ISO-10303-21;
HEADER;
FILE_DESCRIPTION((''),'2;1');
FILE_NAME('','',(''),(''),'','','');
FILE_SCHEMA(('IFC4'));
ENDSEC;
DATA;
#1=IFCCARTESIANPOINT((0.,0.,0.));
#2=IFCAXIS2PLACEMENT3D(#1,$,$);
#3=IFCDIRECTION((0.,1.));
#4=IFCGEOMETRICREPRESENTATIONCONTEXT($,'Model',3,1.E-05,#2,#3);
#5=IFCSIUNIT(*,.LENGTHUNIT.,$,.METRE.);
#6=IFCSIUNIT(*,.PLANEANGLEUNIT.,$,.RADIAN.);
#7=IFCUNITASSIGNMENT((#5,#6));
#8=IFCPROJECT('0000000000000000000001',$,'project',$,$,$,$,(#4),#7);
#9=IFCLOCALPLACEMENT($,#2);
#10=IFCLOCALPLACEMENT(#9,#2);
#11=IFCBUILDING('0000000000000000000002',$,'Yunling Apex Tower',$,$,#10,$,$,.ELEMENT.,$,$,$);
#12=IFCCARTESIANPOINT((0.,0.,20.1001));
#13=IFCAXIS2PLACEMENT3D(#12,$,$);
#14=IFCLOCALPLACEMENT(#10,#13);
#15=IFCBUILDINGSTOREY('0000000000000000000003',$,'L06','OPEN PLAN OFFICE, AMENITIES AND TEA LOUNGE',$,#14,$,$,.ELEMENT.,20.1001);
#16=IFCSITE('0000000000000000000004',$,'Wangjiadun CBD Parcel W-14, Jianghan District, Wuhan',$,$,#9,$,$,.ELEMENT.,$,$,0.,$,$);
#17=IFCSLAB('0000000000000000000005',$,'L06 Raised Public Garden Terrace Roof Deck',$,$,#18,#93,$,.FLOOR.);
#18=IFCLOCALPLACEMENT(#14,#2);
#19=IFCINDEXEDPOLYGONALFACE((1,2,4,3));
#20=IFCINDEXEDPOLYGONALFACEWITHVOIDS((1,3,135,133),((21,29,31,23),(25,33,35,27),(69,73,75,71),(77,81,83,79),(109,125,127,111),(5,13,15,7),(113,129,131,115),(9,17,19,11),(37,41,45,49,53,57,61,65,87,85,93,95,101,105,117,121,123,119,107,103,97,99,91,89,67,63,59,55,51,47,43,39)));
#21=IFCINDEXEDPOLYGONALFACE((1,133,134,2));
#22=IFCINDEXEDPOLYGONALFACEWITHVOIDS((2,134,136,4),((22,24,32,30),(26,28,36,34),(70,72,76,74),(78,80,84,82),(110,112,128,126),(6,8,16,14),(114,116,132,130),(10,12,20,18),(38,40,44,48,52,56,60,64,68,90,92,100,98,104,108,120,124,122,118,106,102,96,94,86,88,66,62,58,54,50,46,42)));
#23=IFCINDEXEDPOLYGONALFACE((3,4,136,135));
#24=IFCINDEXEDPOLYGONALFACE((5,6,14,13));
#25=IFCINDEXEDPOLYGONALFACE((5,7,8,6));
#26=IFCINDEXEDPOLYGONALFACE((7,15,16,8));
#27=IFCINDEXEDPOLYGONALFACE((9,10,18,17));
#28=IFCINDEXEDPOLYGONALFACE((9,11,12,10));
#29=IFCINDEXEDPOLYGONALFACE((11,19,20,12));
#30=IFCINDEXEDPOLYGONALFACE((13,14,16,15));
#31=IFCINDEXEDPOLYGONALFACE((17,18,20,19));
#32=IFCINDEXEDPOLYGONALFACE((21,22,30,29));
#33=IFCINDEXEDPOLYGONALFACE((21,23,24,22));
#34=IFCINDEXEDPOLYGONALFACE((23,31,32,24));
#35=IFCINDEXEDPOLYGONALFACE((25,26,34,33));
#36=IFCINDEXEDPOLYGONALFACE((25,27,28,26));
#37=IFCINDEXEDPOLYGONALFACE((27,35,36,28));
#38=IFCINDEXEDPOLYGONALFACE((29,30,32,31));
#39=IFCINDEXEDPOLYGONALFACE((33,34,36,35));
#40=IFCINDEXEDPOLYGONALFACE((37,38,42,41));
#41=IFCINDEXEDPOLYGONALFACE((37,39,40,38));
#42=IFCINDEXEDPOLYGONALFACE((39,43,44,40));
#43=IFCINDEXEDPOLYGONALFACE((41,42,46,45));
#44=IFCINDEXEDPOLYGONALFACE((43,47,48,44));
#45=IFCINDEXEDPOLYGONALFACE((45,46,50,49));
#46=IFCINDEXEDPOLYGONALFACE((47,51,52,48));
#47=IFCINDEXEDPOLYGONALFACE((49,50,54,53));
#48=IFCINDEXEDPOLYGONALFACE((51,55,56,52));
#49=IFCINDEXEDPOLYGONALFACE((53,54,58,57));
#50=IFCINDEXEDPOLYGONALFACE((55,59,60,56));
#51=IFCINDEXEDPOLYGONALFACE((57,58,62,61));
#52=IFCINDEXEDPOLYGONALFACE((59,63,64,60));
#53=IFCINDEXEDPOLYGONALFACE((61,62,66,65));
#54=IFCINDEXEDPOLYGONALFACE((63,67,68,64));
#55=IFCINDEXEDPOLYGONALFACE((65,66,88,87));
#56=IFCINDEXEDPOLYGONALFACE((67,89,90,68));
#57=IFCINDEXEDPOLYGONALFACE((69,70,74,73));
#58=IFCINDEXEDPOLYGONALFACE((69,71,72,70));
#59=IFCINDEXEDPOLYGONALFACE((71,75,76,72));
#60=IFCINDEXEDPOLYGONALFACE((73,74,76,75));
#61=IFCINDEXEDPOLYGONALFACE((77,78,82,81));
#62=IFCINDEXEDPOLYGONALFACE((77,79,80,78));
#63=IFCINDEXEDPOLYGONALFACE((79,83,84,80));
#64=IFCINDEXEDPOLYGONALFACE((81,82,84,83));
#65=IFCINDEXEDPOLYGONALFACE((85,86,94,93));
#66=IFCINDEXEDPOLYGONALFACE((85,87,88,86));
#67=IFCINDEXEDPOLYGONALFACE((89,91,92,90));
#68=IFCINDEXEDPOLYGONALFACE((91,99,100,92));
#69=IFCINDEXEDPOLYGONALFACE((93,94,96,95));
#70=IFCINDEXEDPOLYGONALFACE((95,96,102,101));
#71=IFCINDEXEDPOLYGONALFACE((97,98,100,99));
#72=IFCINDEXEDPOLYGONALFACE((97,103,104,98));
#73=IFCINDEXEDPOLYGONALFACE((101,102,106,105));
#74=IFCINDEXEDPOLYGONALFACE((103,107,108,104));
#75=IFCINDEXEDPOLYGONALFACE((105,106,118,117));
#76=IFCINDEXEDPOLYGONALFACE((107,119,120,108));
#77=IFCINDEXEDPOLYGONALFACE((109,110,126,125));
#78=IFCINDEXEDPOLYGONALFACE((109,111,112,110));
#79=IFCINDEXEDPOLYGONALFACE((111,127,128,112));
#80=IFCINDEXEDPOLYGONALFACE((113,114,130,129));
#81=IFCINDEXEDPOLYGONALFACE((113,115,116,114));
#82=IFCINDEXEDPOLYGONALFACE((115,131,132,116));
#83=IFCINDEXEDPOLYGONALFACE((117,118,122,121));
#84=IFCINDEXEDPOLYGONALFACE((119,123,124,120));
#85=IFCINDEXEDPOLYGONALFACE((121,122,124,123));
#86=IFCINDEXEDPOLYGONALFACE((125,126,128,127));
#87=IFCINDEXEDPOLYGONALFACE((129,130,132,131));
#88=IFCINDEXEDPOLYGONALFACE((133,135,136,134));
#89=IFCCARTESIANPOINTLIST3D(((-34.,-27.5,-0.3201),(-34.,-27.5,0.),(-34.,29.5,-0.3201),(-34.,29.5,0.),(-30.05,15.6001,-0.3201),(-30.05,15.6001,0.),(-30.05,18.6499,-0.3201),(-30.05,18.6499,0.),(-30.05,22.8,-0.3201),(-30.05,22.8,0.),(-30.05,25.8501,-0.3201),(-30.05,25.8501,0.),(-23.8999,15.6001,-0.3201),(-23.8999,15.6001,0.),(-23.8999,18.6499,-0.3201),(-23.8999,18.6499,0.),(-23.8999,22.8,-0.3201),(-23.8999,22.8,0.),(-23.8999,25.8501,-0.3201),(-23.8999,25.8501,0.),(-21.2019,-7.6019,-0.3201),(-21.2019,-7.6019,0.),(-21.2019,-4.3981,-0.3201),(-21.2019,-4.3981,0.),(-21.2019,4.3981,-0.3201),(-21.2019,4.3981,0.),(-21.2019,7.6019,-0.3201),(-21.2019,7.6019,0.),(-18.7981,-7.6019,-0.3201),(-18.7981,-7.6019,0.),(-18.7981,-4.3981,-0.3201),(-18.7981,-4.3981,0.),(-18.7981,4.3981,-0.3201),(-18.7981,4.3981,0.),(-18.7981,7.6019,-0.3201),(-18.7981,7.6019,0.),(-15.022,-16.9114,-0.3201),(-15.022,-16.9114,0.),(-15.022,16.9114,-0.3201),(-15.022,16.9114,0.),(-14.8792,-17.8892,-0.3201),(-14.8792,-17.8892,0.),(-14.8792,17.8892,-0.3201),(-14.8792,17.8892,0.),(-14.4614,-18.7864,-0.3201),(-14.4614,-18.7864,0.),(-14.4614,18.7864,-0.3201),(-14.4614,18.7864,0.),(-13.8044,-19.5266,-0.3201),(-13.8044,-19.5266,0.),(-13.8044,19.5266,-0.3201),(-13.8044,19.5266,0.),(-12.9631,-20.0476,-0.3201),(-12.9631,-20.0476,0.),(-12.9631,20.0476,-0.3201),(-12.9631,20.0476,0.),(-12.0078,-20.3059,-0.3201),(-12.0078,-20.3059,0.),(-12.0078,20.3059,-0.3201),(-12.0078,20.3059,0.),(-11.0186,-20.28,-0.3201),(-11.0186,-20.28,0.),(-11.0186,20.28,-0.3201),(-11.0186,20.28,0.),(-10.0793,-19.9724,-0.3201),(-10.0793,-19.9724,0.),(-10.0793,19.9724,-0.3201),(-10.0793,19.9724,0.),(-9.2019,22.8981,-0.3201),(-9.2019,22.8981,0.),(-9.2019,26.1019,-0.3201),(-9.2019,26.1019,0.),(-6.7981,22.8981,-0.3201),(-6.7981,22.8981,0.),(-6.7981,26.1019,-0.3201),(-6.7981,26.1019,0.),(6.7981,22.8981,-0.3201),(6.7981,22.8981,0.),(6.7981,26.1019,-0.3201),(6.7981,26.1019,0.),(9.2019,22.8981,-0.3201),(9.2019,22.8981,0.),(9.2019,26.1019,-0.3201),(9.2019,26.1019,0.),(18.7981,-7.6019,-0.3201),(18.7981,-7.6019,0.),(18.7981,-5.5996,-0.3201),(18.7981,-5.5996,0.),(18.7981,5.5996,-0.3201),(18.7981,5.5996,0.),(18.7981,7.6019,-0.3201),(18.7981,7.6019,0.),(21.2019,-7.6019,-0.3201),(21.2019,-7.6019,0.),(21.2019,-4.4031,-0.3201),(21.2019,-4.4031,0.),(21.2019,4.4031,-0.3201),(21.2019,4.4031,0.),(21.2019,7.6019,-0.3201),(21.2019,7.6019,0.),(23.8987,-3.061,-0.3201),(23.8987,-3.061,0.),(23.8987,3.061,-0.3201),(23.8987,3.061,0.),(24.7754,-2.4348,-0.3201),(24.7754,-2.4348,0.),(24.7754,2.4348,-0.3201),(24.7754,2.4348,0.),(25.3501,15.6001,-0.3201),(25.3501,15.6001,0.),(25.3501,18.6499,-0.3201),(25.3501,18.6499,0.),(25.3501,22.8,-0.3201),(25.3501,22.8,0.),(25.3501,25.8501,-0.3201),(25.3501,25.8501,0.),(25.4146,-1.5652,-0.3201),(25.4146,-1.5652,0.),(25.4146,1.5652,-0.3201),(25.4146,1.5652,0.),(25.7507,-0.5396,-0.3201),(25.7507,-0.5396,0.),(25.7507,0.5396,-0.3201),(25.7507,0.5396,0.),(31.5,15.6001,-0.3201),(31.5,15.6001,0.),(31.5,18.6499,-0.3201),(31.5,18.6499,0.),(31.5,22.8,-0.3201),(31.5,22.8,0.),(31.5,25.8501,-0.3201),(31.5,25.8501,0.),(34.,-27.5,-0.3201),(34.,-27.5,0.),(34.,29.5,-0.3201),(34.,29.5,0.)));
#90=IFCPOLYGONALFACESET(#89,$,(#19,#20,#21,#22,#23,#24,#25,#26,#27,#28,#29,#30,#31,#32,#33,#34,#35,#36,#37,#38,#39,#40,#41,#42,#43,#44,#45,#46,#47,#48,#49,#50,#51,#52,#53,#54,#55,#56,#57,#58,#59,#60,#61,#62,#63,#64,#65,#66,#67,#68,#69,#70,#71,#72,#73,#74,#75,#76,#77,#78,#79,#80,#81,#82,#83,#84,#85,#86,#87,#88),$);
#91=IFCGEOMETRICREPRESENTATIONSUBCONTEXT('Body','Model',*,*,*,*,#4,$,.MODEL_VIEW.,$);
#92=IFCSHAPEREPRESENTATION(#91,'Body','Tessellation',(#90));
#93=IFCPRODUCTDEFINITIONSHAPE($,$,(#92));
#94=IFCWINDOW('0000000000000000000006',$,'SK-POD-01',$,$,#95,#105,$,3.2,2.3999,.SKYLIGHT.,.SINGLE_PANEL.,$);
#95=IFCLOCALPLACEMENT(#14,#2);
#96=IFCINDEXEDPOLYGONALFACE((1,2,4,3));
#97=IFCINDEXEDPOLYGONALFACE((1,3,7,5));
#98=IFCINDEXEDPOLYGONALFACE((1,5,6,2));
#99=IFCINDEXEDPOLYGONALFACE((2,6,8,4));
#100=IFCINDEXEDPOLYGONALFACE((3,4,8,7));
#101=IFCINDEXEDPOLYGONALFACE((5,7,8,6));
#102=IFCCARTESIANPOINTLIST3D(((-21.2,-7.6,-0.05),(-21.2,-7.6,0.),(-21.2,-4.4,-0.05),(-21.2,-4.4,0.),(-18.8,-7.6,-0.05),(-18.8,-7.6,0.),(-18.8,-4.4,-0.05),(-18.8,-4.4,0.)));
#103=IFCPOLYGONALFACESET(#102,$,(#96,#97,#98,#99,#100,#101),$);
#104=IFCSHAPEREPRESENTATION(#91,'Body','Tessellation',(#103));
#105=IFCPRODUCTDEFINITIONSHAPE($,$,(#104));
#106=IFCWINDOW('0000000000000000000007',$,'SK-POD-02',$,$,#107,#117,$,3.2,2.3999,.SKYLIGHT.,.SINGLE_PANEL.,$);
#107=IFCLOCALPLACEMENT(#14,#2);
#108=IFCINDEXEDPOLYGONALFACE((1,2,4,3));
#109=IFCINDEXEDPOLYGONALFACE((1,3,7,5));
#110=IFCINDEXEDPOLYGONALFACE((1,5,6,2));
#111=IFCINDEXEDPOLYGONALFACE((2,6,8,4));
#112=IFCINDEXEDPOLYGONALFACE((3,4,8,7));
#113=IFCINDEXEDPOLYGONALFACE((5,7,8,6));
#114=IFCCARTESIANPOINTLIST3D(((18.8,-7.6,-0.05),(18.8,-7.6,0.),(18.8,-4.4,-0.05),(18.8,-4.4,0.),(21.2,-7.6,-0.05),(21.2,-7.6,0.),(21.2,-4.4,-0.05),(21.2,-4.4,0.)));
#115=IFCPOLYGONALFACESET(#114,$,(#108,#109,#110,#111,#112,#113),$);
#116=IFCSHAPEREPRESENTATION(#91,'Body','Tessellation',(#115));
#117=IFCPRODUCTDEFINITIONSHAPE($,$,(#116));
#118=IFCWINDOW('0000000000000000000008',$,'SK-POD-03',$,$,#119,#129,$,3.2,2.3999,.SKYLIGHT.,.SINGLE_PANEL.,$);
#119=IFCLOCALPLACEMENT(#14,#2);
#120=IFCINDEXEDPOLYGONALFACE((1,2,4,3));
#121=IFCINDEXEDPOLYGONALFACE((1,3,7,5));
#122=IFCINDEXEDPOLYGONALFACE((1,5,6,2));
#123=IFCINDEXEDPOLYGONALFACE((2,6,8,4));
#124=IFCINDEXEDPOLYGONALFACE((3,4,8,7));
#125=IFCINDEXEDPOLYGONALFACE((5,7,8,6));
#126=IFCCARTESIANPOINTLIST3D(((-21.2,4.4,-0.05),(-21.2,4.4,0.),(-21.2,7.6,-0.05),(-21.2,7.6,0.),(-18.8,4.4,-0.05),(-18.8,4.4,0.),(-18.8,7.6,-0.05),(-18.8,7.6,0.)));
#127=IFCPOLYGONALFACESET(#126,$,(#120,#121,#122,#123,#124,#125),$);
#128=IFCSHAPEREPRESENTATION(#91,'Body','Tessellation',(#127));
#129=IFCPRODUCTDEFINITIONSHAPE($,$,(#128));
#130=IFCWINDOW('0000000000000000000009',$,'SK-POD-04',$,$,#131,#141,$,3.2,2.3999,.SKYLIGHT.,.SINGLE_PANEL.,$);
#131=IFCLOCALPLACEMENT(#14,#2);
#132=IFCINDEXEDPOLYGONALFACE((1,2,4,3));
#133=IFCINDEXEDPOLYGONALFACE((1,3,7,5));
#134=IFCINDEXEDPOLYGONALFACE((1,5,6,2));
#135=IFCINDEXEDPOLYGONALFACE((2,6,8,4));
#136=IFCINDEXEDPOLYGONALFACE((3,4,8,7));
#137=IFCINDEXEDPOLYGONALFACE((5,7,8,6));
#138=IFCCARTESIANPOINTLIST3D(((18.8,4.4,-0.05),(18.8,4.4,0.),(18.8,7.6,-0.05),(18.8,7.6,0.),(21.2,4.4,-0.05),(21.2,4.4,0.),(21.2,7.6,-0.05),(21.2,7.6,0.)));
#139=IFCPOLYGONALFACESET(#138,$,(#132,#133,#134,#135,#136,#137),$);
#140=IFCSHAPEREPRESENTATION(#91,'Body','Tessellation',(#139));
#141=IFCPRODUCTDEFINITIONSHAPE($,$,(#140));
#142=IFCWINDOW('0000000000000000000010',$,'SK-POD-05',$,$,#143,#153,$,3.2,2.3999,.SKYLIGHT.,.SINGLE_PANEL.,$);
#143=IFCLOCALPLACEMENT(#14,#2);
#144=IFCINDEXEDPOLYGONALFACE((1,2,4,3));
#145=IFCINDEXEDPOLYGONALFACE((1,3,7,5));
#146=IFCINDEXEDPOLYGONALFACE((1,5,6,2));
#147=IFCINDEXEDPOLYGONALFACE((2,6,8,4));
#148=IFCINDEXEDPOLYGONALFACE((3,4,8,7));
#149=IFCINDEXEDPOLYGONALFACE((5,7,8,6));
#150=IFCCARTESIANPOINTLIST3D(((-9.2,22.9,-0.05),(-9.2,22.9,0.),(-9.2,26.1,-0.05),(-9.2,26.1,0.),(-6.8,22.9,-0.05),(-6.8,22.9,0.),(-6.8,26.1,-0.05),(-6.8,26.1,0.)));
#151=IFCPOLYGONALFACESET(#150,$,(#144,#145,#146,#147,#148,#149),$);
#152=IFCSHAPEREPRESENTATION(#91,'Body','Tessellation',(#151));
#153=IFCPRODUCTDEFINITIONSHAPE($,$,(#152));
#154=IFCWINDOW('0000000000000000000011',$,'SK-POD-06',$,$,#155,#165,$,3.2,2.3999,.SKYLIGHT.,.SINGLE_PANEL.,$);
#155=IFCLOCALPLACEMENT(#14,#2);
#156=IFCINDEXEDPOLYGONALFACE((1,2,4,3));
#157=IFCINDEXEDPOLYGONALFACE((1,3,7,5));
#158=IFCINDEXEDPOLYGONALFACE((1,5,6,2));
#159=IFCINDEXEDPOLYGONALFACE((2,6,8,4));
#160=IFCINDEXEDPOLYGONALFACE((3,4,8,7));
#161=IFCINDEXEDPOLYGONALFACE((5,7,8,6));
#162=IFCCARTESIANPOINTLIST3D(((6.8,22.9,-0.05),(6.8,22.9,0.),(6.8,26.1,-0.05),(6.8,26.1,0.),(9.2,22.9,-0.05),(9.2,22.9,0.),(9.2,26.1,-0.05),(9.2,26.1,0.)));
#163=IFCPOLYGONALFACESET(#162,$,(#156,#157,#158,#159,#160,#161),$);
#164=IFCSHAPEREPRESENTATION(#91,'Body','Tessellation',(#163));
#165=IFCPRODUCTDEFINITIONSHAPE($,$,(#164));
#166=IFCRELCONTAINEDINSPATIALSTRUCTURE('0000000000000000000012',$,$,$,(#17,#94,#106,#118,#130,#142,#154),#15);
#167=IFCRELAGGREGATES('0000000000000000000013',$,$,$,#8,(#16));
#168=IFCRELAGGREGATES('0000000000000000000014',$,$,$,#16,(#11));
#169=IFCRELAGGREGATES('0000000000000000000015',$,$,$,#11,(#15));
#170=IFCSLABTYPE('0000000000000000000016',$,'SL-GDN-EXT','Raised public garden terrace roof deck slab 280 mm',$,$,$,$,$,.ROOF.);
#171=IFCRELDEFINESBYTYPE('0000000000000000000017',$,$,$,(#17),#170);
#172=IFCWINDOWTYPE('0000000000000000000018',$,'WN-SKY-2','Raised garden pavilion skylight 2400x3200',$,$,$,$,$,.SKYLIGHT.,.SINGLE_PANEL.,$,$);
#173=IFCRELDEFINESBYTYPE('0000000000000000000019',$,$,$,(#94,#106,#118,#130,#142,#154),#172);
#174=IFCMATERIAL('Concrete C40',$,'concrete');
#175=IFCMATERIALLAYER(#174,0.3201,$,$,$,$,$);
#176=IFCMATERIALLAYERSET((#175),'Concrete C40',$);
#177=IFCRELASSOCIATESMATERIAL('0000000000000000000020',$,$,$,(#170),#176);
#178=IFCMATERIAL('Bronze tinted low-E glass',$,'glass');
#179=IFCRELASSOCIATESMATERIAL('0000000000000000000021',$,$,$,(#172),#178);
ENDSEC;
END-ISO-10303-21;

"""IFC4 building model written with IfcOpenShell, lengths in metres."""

from ifc_helpers import new_model, si_unit, direction, frame, origin, origin_2d, place, context, subcontext, project, spatial, polyline, rectangle, outline, extrude, material, layer, layer_set, type_object, element, fill, save


model = new_model("IFC4")

# Units and contexts
model_context = context("Model", 3, precision=1e-05, world=origin(), true_north=direction((0.0, 1.0)))
body_context = subcontext(model_context, "Body", "Model", "MODEL_VIEW")
ifc_project = project(units=[si_unit("LENGTHUNIT", "METRE"), si_unit("PLANEANGLEUNIT", "RADIAN")], contexts=[model_context])

# Site, building, storey
site_placement = place(None, origin())
site = spatial("IfcSite", under=ifc_project, at=site_placement, Name="Wangjiadun CBD Parcel W-14, Jianghan District, Wuhan", CompositionType="ELEMENT", RefElevation=0.0)
building_placement = place(site_placement, origin())
building = spatial("IfcBuilding", under=site, at=building_placement, Name="Yunling Apex Tower", CompositionType="ELEMENT")
storey_placement = place(building_placement, frame((0.0, 0.0, 20.1001)))
storey = spatial("IfcBuildingStorey", under=building, at=storey_placement, Name="L06", Description="OPEN PLAN OFFICE, AMENITIES AND TEA LOUNGE", CompositionType="ELEMENT", Elevation=20.1001)

# Shared definitions
ifc_material_1 = material(Name="Concrete C40", Category="concrete")

# Slab, openings, windows
ifc_layer_1 = layer(ifc_material_1, 0.3201)
ifc_layer_set_1 = layer_set([ifc_layer_1], Name="Concrete C40")
slab_type_1 = type_object("IfcSlabType", Name="SL-GDN-EXT", Description="Raised public garden terrace roof deck slab 280 mm", PredefinedType="ROOF", material=ifc_layer_set_1)
slab_1_placement = place(storey_placement, frame((0.0, 0.0, -0.3201)))
slab_1 = element("IfcSlab", 1, at=slab_1_placement, inside=storey, type_object=slab_type_1, Name="L06 Raised Public Garden Terrace Roof Deck", PredefinedType="FLOOR", context=body_context, shape_type="SweptSolid", body=[
    extrude(outline(polyline([(-34.0, -27.5), (34.0, -27.5), (34.0, 29.5), (-34.0, 29.5), (-34.0, -27.5)]), holes=[polyline([(31.5, 18.6499), (31.5, 15.6001), (25.3501, 15.6001), (25.3501, 18.6499), (31.5, 18.6499)]), polyline([(31.5, 25.8501), (31.5, 22.8), (25.3501, 22.8), (25.3501, 25.8501), (31.5, 25.8501)]), polyline([(-11.0186, -20.28), (-12.0078, -20.3059), (-12.9631, -20.0476), (-13.8044, -19.5266), (-14.4614, -18.7864), (-14.8792, -17.8892), (-15.022, -16.9114), (-15.022, 16.9114), (-14.8792, 17.8892), (-14.4614, 18.7864), (-13.8044, 19.5266), (-12.9631, 20.0476), (-12.0078, 20.3059), (-11.0186, 20.28), (-10.0793, 19.9724), (18.8, 5.5986), (18.8, 7.6001), (21.2, 7.6001), (21.2, 4.4041), (23.8987, 3.061), (24.7754, 2.4348), (25.4146, 1.5652), (25.7507, 0.5396), (25.7507, -0.5396), (25.4146, -1.5652), (24.7754, -2.4348), (23.8987, -3.061), (21.2, -4.4041), (21.2, -7.6001), (18.8, -7.6001), (18.8, -5.5986), (-10.0793, -19.9724), (-11.0186, -20.28)]), polyline([(9.2, 26.1001), (9.2, 22.8999), (6.8, 22.8999), (6.8, 26.1001), (9.2, 26.1001)]), polyline([(-9.2, 26.1001), (-6.8, 26.1001), (-6.8, 22.8999), (-9.2, 22.8999), (-9.2, 26.1001)]), polyline([(-21.2, -4.3999), (-18.8, -4.3999), (-18.8, -7.6001), (-21.2, -7.6001), (-21.2, -4.3999)]), polyline([(-21.2, 7.6001), (-18.8, 7.6001), (-18.8, 4.3999), (-21.2, 4.3999), (-21.2, 7.6001)]), polyline([(-23.8999, 18.6499), (-23.8999, 15.6001), (-30.05, 15.6001), (-30.05, 18.6499), (-23.8999, 18.6499)]), polyline([(-23.8999, 25.8501), (-23.8999, 22.8), (-30.05, 22.8), (-30.05, 25.8501), (-23.8999, 25.8501)])]), origin(), (0.0, 0.0, 1.0), 0.3201),
])
opening_1_placement = place(slab_1_placement, frame((-20.0, -6.0, 0.0)))
opening_1 = element("IfcOpeningElement", 2, at=opening_1_placement, cuts=slab_1, PredefinedType="OPENING", context=body_context, shape_type="SweptSolid", body=[
    extrude(rectangle(XDim=2.4038, YDim=3.2039, at=origin_2d()), frame((0.0, 0.0, -0.01)), (0.0, 0.0, 1.0), 0.3401),
])
opening_2_placement = place(slab_1_placement, frame((20.0, -6.0, 0.0)))
opening_2 = element("IfcOpeningElement", 3, at=opening_2_placement, cuts=slab_1, PredefinedType="OPENING", context=body_context, shape_type="SweptSolid", body=[
    extrude(rectangle(XDim=2.4038, YDim=3.2039, at=origin_2d()), frame((0.0, 0.0, -0.01)), (0.0, 0.0, 1.0), 0.3401),
])
opening_3_placement = place(slab_1_placement, frame((-20.0, 6.0, 0.0)))
opening_3 = element("IfcOpeningElement", 4, at=opening_3_placement, cuts=slab_1, PredefinedType="OPENING", context=body_context, shape_type="SweptSolid", body=[
    extrude(rectangle(XDim=2.4038, YDim=3.2039, at=origin_2d()), frame((0.0, 0.0, -0.01)), (0.0, 0.0, 1.0), 0.3401),
])
opening_4_placement = place(slab_1_placement, frame((20.0, 6.0, 0.0)))
opening_4 = element("IfcOpeningElement", 5, at=opening_4_placement, cuts=slab_1, PredefinedType="OPENING", context=body_context, shape_type="SweptSolid", body=[
    extrude(rectangle(XDim=2.4038, YDim=3.2039, at=origin_2d()), frame((0.0, 0.0, -0.01)), (0.0, 0.0, 1.0), 0.3401),
])
opening_5_placement = place(slab_1_placement, frame((-8.0, 24.5, 0.0)))
opening_5 = element("IfcOpeningElement", 6, at=opening_5_placement, cuts=slab_1, PredefinedType="OPENING", context=body_context, shape_type="SweptSolid", body=[
    extrude(rectangle(XDim=2.4038, YDim=3.2039, at=origin_2d()), frame((0.0, 0.0, -0.01)), (0.0, 0.0, 1.0), 0.3401),
])
opening_6_placement = place(slab_1_placement, frame((8.0, 24.5, 0.0)))
opening_6 = element("IfcOpeningElement", 7, at=opening_6_placement, cuts=slab_1, PredefinedType="OPENING", context=body_context, shape_type="SweptSolid", body=[
    extrude(rectangle(XDim=2.4038, YDim=3.2039, at=origin_2d()), frame((0.0, 0.0, -0.01)), (0.0, 0.0, 1.0), 0.3401),
])
ifc_material_2 = material(Name="Bronze tinted low-E glass", Category="glass")
window_type = type_object("IfcWindowType", Name="WN-SKY-2", Description="Raised garden pavilion skylight 2400x3200", PartitioningType="SINGLE_PANEL", PredefinedType="SKYLIGHT", material=ifc_material_2)
window_1_placement = place(opening_1_placement, frame((0.0, 0.0, 0.27)))
window_1 = element("IfcWindow", 8, at=window_1_placement, inside=storey, type_object=window_type, Name="SK-POD-01", OverallHeight=3.2, OverallWidth=2.3999, PartitioningType="SINGLE_PANEL", PredefinedType="SKYLIGHT", context=body_context, shape_type="SweptSolid", body=[
    extrude(rectangle(XDim=2.3999, YDim=3.2, at=origin_2d()), origin(), (0.0, 0.0, 1.0), 0.05),
])
fill(opening_1, window_1)
window_2_placement = place(opening_2_placement, frame((0.0, 0.0, 0.27)))
window_2 = element("IfcWindow", 9, at=window_2_placement, inside=storey, type_object=window_type, Name="SK-POD-02", OverallHeight=3.2, OverallWidth=2.3999, PartitioningType="SINGLE_PANEL", PredefinedType="SKYLIGHT", context=body_context, shape_type="SweptSolid", body=[
    extrude(rectangle(XDim=2.3999, YDim=3.2, at=origin_2d()), origin(), (0.0, 0.0, 1.0), 0.05),
])
fill(opening_2, window_2)
window_3_placement = place(opening_3_placement, frame((0.0, 0.0, 0.27)))
window_3 = element("IfcWindow", 10, at=window_3_placement, inside=storey, type_object=window_type, Name="SK-POD-03", OverallHeight=3.2, OverallWidth=2.3999, PartitioningType="SINGLE_PANEL", PredefinedType="SKYLIGHT", context=body_context, shape_type="SweptSolid", body=[
    extrude(rectangle(XDim=2.3999, YDim=3.2, at=origin_2d()), origin(), (0.0, 0.0, 1.0), 0.05),
])
fill(opening_3, window_3)
window_4_placement = place(opening_4_placement, frame((0.0, 0.0, 0.27)))
window_4 = element("IfcWindow", 11, at=window_4_placement, inside=storey, type_object=window_type, Name="SK-POD-04", OverallHeight=3.2, OverallWidth=2.3999, PartitioningType="SINGLE_PANEL", PredefinedType="SKYLIGHT", context=body_context, shape_type="SweptSolid", body=[
    extrude(rectangle(XDim=2.3999, YDim=3.2, at=origin_2d()), origin(), (0.0, 0.0, 1.0), 0.05),
])
fill(opening_4, window_4)
window_5_placement = place(opening_5_placement, frame((0.0, 0.0, 0.27)))
window_5 = element("IfcWindow", 12, at=window_5_placement, inside=storey, type_object=window_type, Name="SK-POD-05", OverallHeight=3.2, OverallWidth=2.3999, PartitioningType="SINGLE_PANEL", PredefinedType="SKYLIGHT", context=body_context, shape_type="SweptSolid", body=[
    extrude(rectangle(XDim=2.3999, YDim=3.2, at=origin_2d()), origin(), (0.0, 0.0, 1.0), 0.05),
])
fill(opening_5, window_5)
window_6_placement = place(opening_6_placement, frame((0.0, 0.0, 0.27)))
window_6 = element("IfcWindow", 13, at=window_6_placement, inside=storey, type_object=window_type, Name="SK-POD-06", OverallHeight=3.2, OverallWidth=2.3999, PartitioningType="SINGLE_PANEL", PredefinedType="SKYLIGHT", context=body_context, shape_type="SweptSolid", body=[
    extrude(rectangle(XDim=2.3999, YDim=3.2, at=origin_2d()), origin(), (0.0, 0.0, 1.0), 0.05),
])
fill(opening_6, window_6)

save(model, "model.ifc")
